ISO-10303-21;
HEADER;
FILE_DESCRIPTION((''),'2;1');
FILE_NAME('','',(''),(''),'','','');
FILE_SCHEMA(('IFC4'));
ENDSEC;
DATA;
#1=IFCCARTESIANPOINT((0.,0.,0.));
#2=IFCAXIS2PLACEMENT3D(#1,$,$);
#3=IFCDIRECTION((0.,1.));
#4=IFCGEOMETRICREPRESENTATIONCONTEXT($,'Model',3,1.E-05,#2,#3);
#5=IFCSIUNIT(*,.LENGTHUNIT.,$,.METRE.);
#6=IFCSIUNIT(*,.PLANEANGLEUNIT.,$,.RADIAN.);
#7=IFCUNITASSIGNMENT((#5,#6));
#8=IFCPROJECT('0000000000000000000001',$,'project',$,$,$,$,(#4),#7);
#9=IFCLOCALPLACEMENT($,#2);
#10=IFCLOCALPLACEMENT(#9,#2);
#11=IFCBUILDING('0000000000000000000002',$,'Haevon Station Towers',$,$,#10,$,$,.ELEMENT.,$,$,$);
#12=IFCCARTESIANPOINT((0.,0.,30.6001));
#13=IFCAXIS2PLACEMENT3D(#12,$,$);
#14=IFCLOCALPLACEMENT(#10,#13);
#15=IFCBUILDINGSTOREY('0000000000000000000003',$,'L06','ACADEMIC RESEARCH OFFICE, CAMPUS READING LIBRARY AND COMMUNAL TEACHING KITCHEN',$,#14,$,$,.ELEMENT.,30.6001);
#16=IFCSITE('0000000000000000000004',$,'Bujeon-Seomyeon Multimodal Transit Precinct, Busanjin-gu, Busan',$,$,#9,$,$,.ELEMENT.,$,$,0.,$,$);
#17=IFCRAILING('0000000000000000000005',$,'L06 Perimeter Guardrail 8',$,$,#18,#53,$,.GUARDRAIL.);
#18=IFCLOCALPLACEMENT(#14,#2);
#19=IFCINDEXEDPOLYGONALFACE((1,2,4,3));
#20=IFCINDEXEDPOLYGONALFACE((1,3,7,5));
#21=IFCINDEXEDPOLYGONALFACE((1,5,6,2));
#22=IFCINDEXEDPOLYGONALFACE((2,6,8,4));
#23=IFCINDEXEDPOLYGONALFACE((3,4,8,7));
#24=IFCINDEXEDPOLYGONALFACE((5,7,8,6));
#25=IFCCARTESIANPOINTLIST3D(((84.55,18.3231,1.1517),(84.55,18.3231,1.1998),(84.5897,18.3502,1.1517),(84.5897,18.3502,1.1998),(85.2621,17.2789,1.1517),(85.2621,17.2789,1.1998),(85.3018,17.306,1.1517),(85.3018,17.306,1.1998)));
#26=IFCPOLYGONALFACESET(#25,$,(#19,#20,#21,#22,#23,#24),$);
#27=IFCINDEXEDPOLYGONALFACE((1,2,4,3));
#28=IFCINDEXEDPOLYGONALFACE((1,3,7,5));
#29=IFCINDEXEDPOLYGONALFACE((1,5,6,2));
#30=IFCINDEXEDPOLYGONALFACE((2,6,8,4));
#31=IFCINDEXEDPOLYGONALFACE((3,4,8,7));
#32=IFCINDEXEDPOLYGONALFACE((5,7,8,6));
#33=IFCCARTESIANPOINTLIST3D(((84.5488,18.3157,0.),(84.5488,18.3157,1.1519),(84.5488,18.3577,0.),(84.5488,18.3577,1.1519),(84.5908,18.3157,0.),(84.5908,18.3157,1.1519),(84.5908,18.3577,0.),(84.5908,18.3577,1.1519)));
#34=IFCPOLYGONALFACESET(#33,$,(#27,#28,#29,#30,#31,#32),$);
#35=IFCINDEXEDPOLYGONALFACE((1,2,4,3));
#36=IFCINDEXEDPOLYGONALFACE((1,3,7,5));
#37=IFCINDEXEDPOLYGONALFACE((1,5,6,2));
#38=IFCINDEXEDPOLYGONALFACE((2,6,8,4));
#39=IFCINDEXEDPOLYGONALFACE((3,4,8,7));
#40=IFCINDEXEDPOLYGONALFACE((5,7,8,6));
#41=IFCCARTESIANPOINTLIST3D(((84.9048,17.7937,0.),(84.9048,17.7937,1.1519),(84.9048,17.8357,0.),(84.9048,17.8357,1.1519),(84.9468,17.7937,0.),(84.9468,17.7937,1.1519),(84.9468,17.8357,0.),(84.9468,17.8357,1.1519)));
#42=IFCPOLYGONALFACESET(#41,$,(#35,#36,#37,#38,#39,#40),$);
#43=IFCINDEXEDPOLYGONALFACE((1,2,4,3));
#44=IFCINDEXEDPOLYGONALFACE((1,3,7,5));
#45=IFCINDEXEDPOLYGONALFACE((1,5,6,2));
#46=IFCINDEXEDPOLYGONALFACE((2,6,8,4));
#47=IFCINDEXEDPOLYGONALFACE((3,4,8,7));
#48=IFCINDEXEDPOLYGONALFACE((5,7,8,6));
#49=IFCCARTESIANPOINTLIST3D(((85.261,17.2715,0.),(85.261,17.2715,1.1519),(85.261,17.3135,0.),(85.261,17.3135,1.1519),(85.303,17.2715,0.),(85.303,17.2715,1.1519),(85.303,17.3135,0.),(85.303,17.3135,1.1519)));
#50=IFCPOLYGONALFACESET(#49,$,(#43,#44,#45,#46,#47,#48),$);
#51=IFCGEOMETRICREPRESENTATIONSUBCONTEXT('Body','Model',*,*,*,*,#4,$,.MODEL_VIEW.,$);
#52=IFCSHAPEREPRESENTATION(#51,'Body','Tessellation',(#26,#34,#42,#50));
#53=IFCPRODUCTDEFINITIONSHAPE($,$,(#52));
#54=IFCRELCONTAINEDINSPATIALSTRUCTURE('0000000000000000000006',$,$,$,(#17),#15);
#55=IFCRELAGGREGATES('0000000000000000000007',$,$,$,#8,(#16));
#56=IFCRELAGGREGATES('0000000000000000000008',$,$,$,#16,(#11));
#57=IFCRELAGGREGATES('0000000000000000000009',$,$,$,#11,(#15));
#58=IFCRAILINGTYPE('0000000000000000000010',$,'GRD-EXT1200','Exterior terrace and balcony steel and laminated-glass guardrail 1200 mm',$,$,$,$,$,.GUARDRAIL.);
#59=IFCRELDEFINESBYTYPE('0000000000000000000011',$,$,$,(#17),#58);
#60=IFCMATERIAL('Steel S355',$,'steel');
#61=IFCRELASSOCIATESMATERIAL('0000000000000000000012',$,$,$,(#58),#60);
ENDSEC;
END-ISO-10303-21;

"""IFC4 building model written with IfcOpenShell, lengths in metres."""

from ifc_helpers import new_model, si_unit, direction, frame, origin, origin_2d, place, context, subcontext, project, spatial, rectangle, extrude, material, type_object, element, save


model = new_model("IFC4")

# Units and contexts
model_context = context("Model", 3, precision=1e-05, world=origin(), true_north=direction((0.0, 1.0)))
body_context = subcontext(model_context, "Body", "Model", "MODEL_VIEW")
ifc_project = project(units=[si_unit("LENGTHUNIT", "METRE"), si_unit("PLANEANGLEUNIT", "RADIAN")], contexts=[model_context])

# Site, building, storey
site_placement = place(None, origin())
site = spatial("IfcSite", under=ifc_project, at=site_placement, Name="Bujeon-Seomyeon Multimodal Transit Precinct, Busanjin-gu, Busan", CompositionType="ELEMENT", RefElevation=0.0)
building_placement = place(site_placement, origin())
building = spatial("IfcBuilding", under=site, at=building_placement, Name="Haevon Station Towers", CompositionType="ELEMENT")
storey_placement = place(building_placement, frame((0.0, 0.0, 30.6001)))
storey = spatial("IfcBuildingStorey", under=building, at=storey_placement, Name="L06", Description="ACADEMIC RESEARCH OFFICE, CAMPUS READING LIBRARY AND COMMUNAL TEACHING KITCHEN", CompositionType="ELEMENT", Elevation=30.6001)

# Shared definitions
ifc_material_1 = material(Name="Steel S355", Category="steel")

# Railing
railing_type = type_object("IfcRailingType", Name="GRD-EXT1200", Description="Exterior terrace and balcony steel and laminated-glass guardrail 1200 mm", PredefinedType="GUARDRAIL", material=ifc_material_1)
railing_placement = place(storey_placement, frame((84.5698, 18.3367, 0.0)))
element("IfcRailing", 1, at=railing_placement, inside=storey, type_object=railing_type, Name="L06 Perimeter Guardrail 8", PredefinedType="GUARDRAIL", context=body_context, shape_type="SweptSolid", body=[
    extrude(rectangle(XDim=0.0481, YDim=0.0481, at=origin_2d()), frame((0.0, 0.0, 1.1758), z_axis=(0.563451, -0.82615, 0.0), x_axis=(0.82615, 0.563451, 0.0)), (0.0, 0.0, 1.0), 1.2639),
    extrude(rectangle(XDim=0.042, YDim=0.042, at=origin_2d()), origin(), (0.0, 0.0, 1.0), 1.1519),
    extrude(rectangle(XDim=0.042, YDim=0.042, at=origin_2d()), frame((0.356, -0.522, 0.0)), (0.0, 0.0, 1.0), 1.1519),
    extrude(rectangle(XDim=0.042, YDim=0.042, at=origin_2d()), frame((0.7122, -1.0442, 0.0)), (0.0, 0.0, 1.0), 1.1519),
])

save(model, "model.ifc")
